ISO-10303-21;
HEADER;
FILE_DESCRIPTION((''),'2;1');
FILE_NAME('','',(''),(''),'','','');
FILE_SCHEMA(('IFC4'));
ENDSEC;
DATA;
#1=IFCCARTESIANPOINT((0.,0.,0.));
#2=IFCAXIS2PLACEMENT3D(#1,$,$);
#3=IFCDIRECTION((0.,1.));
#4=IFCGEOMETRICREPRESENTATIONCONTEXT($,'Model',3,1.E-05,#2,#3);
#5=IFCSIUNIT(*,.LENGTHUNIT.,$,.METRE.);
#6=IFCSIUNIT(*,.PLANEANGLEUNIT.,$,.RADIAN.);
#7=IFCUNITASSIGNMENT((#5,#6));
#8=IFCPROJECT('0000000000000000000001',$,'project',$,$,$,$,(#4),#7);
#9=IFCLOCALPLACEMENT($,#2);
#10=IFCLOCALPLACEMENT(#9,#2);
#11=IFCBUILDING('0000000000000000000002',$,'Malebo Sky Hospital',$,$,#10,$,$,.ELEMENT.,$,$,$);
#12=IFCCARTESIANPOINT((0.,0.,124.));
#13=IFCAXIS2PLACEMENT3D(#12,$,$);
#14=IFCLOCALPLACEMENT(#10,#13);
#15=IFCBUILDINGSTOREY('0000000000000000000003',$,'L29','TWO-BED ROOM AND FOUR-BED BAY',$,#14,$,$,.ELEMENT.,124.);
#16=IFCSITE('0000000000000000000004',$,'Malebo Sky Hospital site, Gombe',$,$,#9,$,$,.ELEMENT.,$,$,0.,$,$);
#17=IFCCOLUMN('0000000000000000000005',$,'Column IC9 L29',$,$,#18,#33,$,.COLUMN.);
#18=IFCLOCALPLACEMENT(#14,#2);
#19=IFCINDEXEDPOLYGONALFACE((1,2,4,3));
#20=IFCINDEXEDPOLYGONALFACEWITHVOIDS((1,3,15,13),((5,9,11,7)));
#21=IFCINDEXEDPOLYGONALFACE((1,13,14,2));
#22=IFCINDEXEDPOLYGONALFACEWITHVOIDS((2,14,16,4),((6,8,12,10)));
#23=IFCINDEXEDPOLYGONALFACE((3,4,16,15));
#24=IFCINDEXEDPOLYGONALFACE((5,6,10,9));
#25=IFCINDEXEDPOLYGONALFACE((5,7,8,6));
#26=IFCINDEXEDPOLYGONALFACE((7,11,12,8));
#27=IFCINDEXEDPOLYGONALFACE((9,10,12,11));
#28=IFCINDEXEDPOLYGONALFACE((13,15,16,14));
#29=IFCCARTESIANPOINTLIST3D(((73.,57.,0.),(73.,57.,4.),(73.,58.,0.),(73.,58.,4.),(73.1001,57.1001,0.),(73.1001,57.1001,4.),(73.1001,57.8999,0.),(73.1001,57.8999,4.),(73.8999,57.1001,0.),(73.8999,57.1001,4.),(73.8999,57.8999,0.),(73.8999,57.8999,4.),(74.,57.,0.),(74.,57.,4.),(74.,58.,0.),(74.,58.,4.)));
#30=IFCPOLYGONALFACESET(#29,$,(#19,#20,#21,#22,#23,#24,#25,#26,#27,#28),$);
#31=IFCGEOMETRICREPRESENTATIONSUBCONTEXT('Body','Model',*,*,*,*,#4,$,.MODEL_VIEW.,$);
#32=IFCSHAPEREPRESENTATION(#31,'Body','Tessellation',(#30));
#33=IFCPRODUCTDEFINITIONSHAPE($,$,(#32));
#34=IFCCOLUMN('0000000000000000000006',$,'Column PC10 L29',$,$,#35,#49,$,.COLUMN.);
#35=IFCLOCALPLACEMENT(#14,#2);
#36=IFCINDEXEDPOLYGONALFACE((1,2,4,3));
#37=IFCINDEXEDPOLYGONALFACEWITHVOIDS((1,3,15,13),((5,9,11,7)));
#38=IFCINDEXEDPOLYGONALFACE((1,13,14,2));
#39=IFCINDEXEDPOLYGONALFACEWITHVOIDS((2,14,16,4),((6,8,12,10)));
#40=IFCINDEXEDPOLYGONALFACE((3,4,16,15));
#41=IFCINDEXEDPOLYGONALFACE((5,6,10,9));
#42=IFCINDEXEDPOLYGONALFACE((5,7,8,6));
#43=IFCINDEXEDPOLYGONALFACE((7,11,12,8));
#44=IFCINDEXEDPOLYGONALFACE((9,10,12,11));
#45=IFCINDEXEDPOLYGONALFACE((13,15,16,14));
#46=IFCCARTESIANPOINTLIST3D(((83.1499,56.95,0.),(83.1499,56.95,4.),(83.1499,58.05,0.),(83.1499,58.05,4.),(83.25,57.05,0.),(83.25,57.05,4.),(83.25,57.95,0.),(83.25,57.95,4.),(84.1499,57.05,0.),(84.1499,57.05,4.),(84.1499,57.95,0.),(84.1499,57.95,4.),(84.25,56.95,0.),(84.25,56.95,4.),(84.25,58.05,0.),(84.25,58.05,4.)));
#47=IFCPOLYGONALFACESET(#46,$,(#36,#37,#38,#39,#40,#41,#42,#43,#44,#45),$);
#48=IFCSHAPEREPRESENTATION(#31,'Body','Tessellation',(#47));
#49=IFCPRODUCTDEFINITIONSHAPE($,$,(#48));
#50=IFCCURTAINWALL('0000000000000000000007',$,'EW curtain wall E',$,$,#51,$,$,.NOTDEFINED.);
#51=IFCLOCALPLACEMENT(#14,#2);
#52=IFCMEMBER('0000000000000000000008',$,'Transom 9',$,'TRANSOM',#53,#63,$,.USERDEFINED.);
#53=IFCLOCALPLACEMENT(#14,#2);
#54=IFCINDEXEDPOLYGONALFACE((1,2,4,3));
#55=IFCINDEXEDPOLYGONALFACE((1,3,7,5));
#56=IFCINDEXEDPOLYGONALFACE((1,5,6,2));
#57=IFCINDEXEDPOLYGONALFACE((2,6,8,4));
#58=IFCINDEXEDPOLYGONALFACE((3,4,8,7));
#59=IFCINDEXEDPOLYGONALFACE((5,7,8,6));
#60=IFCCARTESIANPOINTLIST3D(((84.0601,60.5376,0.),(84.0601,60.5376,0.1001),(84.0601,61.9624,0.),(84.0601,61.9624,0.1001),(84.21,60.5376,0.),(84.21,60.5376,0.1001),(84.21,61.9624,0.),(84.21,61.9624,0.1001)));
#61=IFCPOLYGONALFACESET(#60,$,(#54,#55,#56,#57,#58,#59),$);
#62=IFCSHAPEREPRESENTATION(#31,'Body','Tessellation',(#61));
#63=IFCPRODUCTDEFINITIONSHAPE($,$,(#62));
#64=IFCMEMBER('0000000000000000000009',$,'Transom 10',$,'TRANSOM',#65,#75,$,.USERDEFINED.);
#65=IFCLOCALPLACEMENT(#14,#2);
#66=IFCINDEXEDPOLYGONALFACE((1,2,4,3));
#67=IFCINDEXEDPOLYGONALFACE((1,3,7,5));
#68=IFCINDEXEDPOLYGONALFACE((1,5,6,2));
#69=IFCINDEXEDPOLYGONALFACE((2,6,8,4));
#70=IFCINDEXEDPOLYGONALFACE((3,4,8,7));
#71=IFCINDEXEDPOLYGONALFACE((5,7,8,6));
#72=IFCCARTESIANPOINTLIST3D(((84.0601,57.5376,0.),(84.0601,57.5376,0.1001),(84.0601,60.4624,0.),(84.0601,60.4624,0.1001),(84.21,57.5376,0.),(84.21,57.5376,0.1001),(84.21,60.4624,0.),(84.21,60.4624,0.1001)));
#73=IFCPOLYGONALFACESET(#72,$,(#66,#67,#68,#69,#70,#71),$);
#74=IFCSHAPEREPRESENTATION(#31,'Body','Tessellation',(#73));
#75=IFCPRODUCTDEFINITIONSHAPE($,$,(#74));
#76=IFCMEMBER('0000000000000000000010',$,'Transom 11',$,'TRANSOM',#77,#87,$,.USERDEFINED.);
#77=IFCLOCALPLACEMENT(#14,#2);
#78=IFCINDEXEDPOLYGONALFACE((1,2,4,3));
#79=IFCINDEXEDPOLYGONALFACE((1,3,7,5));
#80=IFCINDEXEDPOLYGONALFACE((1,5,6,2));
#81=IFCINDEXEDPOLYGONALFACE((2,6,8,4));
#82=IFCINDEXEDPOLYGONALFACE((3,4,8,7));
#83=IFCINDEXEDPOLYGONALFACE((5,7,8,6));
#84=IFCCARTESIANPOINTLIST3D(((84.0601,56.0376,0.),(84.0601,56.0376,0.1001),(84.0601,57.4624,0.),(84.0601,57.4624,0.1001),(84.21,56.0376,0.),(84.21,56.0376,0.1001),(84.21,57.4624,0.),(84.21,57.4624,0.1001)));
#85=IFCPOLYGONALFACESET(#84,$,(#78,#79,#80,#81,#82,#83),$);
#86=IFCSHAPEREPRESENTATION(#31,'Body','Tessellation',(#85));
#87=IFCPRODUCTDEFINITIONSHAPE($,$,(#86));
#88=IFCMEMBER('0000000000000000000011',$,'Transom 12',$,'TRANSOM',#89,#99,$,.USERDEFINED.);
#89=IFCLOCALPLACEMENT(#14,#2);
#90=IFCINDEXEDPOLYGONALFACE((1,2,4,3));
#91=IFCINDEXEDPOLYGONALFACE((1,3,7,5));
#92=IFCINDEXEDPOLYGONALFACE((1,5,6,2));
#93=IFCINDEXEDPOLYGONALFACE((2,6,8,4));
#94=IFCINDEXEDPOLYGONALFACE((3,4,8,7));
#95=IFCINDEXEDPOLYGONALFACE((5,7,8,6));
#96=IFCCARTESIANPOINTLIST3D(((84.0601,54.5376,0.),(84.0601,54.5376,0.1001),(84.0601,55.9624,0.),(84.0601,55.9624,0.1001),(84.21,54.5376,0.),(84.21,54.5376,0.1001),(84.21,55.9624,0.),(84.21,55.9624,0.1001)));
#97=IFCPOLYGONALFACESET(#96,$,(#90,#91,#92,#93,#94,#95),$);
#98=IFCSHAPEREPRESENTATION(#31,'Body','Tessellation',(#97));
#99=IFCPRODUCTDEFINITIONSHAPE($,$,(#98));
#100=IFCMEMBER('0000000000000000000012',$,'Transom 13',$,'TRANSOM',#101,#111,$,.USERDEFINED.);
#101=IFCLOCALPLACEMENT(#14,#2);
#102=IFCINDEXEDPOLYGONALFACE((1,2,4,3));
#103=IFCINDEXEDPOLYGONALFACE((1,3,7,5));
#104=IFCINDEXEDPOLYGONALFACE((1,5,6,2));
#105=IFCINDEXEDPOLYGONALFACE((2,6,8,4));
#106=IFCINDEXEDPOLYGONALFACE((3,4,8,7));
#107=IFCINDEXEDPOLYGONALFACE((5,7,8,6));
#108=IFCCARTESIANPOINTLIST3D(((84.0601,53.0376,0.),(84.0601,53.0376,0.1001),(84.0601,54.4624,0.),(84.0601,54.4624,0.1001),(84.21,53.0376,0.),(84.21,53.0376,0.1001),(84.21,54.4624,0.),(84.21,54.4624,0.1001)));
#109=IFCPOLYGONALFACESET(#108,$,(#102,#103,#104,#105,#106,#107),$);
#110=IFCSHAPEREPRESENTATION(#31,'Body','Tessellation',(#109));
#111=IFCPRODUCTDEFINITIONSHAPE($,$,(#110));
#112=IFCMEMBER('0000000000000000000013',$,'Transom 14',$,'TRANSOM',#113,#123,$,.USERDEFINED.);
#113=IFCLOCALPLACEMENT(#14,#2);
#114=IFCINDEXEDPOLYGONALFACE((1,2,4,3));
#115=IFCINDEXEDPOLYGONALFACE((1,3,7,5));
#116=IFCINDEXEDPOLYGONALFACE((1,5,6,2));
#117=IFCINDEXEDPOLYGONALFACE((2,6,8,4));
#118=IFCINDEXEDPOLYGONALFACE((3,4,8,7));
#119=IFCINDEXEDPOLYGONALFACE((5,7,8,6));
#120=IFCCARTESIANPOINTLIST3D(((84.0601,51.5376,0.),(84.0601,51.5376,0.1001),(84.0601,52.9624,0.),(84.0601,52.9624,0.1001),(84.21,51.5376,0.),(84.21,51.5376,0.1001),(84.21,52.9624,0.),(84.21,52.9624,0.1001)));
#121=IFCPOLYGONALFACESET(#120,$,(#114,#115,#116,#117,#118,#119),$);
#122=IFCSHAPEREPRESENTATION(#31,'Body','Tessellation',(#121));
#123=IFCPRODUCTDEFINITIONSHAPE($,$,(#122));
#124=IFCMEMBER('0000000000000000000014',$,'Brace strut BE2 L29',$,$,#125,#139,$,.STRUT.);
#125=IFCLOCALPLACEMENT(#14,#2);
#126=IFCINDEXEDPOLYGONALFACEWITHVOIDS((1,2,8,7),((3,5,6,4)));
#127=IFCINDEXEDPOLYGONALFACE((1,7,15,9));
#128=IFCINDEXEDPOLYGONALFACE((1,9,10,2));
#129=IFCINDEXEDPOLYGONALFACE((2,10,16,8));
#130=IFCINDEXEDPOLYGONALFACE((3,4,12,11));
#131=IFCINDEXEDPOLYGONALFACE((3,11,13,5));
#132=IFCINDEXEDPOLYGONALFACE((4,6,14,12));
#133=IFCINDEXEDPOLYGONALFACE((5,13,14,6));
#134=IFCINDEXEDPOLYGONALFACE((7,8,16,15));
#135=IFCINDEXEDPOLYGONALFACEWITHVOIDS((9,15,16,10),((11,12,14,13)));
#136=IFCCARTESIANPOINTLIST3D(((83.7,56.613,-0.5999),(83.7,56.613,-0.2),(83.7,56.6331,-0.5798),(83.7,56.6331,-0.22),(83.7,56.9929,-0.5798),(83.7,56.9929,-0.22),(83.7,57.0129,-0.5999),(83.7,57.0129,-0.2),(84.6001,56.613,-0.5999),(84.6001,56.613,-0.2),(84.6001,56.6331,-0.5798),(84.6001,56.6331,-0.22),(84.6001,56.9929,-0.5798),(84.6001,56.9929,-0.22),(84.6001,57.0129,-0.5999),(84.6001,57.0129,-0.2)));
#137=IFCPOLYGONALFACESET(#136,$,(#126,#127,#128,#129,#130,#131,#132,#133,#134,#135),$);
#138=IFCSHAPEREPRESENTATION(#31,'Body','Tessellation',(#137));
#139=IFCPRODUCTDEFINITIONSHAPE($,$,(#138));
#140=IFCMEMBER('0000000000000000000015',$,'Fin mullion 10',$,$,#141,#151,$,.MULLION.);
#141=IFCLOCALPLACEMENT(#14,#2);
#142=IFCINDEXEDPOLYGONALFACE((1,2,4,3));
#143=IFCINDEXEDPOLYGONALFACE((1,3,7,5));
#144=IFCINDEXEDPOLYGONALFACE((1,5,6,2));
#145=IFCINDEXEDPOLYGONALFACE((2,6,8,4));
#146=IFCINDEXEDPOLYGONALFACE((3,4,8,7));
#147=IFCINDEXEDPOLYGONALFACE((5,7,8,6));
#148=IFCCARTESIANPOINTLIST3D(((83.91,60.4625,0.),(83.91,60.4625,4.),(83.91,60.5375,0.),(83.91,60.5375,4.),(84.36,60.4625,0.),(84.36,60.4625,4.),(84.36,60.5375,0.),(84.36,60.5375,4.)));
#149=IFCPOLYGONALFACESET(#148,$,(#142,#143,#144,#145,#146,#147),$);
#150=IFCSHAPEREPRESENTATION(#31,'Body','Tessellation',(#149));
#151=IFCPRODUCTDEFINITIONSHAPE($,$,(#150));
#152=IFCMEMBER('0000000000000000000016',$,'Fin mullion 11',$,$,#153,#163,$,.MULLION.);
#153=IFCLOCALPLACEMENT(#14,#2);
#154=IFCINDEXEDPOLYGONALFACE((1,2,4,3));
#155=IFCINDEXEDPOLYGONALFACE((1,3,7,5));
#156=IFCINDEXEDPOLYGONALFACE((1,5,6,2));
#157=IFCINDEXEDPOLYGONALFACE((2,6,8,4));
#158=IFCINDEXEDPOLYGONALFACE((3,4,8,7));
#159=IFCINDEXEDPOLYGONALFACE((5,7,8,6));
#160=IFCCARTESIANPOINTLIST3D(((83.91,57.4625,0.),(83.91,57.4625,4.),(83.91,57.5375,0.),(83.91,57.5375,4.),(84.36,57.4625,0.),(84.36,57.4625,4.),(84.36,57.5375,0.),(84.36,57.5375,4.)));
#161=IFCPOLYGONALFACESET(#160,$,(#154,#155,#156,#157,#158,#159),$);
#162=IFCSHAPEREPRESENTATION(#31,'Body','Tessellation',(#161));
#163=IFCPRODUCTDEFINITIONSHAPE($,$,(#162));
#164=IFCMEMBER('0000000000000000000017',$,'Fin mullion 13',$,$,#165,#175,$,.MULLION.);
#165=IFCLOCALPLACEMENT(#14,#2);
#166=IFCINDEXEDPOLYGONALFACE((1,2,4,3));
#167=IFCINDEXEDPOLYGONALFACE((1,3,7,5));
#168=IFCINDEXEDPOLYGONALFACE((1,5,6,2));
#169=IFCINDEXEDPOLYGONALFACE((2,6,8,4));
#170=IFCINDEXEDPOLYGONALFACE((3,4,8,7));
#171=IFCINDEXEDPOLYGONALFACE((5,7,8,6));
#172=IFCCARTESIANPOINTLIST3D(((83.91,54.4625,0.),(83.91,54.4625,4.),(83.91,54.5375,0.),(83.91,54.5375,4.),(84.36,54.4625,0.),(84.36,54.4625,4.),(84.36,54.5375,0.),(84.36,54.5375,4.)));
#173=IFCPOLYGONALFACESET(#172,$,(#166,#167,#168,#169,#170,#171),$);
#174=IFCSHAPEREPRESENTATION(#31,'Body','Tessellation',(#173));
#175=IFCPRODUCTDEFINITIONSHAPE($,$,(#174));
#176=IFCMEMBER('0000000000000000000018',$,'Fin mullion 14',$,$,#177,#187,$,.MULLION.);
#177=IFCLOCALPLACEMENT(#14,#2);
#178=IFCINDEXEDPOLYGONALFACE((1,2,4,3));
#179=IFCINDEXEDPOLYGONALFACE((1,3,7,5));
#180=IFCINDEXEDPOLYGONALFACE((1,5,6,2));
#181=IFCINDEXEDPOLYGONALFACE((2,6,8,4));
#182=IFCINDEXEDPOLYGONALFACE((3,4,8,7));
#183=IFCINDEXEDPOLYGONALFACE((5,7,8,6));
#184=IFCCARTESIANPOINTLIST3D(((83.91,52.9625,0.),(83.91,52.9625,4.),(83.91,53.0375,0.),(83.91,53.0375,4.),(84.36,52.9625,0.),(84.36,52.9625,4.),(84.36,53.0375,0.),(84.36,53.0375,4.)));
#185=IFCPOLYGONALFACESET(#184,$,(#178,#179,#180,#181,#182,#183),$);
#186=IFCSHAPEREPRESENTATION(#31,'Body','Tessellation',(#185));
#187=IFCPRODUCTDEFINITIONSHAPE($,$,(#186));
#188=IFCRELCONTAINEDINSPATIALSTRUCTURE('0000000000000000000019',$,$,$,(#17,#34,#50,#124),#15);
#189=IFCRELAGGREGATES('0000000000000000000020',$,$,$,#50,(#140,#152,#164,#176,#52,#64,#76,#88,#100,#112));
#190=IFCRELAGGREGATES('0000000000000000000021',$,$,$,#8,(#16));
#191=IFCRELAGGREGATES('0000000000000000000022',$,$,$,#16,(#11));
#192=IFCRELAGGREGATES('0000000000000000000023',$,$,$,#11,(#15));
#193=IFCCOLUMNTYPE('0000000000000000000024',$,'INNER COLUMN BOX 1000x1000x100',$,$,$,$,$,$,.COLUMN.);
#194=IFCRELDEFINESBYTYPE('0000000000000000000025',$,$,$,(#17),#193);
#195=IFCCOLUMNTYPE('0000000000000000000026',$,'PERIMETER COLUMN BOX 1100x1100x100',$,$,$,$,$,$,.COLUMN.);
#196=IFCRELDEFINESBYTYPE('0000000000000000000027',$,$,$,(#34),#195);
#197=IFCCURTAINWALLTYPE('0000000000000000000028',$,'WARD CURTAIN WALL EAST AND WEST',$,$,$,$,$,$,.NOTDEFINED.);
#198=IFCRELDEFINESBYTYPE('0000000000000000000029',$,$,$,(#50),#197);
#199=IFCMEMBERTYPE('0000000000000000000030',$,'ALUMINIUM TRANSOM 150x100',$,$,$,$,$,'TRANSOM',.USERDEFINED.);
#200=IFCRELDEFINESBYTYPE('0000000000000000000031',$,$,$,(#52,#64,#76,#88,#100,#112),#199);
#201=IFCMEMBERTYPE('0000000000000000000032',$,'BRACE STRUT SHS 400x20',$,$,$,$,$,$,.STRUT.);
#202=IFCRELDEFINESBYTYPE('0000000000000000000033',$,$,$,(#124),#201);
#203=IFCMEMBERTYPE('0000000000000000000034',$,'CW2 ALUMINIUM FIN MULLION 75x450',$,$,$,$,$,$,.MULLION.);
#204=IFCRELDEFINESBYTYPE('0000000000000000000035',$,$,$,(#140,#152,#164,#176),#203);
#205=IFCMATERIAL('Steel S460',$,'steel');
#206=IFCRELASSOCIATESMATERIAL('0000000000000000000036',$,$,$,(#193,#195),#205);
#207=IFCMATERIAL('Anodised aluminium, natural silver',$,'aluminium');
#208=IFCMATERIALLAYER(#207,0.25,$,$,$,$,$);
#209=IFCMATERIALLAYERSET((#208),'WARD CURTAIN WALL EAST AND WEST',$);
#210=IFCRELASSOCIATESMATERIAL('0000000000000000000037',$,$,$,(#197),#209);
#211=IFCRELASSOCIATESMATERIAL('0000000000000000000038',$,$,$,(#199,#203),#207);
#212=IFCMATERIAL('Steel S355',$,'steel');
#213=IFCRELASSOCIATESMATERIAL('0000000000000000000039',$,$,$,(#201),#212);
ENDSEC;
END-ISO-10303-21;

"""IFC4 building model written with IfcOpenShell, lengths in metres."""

from ifc_helpers import new_model, si_unit, direction, frame, origin, origin_2d, place, context, subcontext, project, spatial, rectangle, hollow_rectangle, extrude, material, layer, layer_set, material_profile, profile_set, type_object, element, aggregate, save


model = new_model("IFC4")

# Units and contexts
model_context = context("Model", 3, precision=1e-05, world=origin(), true_north=direction((0.0, 1.0)))
body_context = subcontext(model_context, "Body", "Model", "MODEL_VIEW")
ifc_project = project(units=[si_unit("LENGTHUNIT", "METRE"), si_unit("PLANEANGLEUNIT", "RADIAN")], contexts=[model_context])

# Site, building, storey
site_placement = place(None, origin())
site = spatial("IfcSite", under=ifc_project, at=site_placement, Name="Malebo Sky Hospital site, Gombe", CompositionType="ELEMENT", RefElevation=0.0)
building_placement = place(site_placement, origin())
building = spatial("IfcBuilding", under=site, at=building_placement, Name="Malebo Sky Hospital", CompositionType="ELEMENT")
storey_placement = place(building_placement, frame((0.0, 0.0, 124.0)))
storey = spatial("IfcBuildingStorey", under=building, at=storey_placement, Name="L29", Description="TWO-BED ROOM AND FOUR-BED BAY", CompositionType="ELEMENT", Elevation=124.0)

# Columns
ifc_material_1 = material(Name="Steel S460", Category="steel")
ifc_material_profile_1 = material_profile(ifc_material_1, hollow_rectangle(XDim=1.0, YDim=1.0, WallThickness=0.1001, at=origin_2d()), Name="BOX 1000x1000x100")
ifc_profile_set_1 = profile_set([ifc_material_profile_1], Name="Steel S460")
column_type_1 = type_object("IfcColumnType", Name="INNER COLUMN BOX 1000x1000x100", PredefinedType="COLUMN", material=ifc_profile_set_1)
column_1_placement = place(storey_placement, frame((73.5, 57.5, 0.0), z_axis=(0.0, 0.0, 1.0), x_axis=(1.0, 0.0, 0.0)))
element("IfcColumn", 1, at=column_1_placement, inside=storey, type_object=column_type_1, Name="Column IC9 L29", PredefinedType="COLUMN", context=body_context, shape_type="SweptSolid", body=[
    extrude(hollow_rectangle(XDim=1.0, YDim=1.0, WallThickness=0.1001, at=origin_2d()), origin(), (0.0, 0.0, 1.0), 4.0),
])
ifc_material_profile_2 = material_profile(ifc_material_1, hollow_rectangle(XDim=1.1001, YDim=1.1001, WallThickness=0.1001, at=origin_2d()), Name="BOX 1100x1100x100")
ifc_profile_set_2 = profile_set([ifc_material_profile_2], Name="Steel S460")
column_type_2 = type_object("IfcColumnType", Name="PERIMETER COLUMN BOX 1100x1100x100", PredefinedType="COLUMN", material=ifc_profile_set_2)
column_2_placement = place(storey_placement, frame((83.7, 57.5, 0.0), z_axis=(0.0, 0.0, 1.0), x_axis=(1.0, 0.0, 0.0)))
element("IfcColumn", 2, at=column_2_placement, inside=storey, type_object=column_type_2, Name="Column PC10 L29", PredefinedType="COLUMN", context=body_context, shape_type="SweptSolid", body=[
    extrude(hollow_rectangle(XDim=1.1001, YDim=1.1001, WallThickness=0.1001, at=origin_2d()), origin(), (0.0, 0.0, 1.0), 4.0),
])

# Curtain wall, members
ifc_material_2 = material(Name="Anodised aluminium, natural silver", Category="aluminium")
ifc_layer_1 = layer(ifc_material_2, 0.25)
ifc_layer_set_1 = layer_set([ifc_layer_1], Name="WARD CURTAIN WALL EAST AND WEST")
curtain_wall_type = type_object("IfcCurtainWallType", Name="WARD CURTAIN WALL EAST AND WEST", PredefinedType="NOTDEFINED", material=ifc_layer_set_1)
curtain_wall_placement = place(storey_placement, origin())
curtain_wall = element("IfcCurtainWall", 3, at=curtain_wall_placement, inside=storey, type_object=curtain_wall_type, Name="EW curtain wall E", PredefinedType="NOTDEFINED")
ifc_material_profile_3 = material_profile(ifc_material_2, rectangle(XDim=0.1499, YDim=0.1001, at=origin_2d()), Name="ALUMINIUM TRANSOM 150x100")
ifc_profile_set_3 = profile_set([ifc_material_profile_3], Name="Anodised aluminium, natural silver")
member_type_1 = type_object("IfcMemberType", Name="ALUMINIUM TRANSOM 150x100", ElementType="TRANSOM", PredefinedType="USERDEFINED", material=ifc_profile_set_3)
member_1_placement = place(storey_placement, frame((84.135, 61.9624, 0.05), z_axis=(0.0, -1.0, 0.0), x_axis=(1.0, 0.0, 0.0)))
member_1 = element("IfcMember", 4, at=member_1_placement, type_object=member_type_1, Name="Transom 9", ObjectType="TRANSOM", PredefinedType="USERDEFINED", context=body_context, shape_type="SweptSolid", body=[
    extrude(rectangle(XDim=0.1499, YDim=0.1001, at=origin_2d()), origin(), (0.0, 0.0, 1.0), 1.4248),
])
member_2_placement = place(storey_placement, frame((84.135, 60.4624, 0.05), z_axis=(0.0, -1.0, 0.0), x_axis=(1.0, 0.0, 0.0)))
member_2 = element("IfcMember", 5, at=member_2_placement, type_object=member_type_1, Name="Transom 10", ObjectType="TRANSOM", PredefinedType="USERDEFINED", context=body_context, shape_type="SweptSolid", body=[
    extrude(rectangle(XDim=0.1499, YDim=0.1001, at=origin_2d()), origin(), (0.0, 0.0, 1.0), 2.9248),
])
member_3_placement = place(storey_placement, frame((84.135, 57.4624, 0.05), z_axis=(0.0, -1.0, 0.0), x_axis=(1.0, 0.0, 0.0)))
member_3 = element("IfcMember", 6, at=member_3_placement, type_object=member_type_1, Name="Transom 11", ObjectType="TRANSOM", PredefinedType="USERDEFINED", context=body_context, shape_type="SweptSolid", body=[
    extrude(rectangle(XDim=0.1499, YDim=0.1001, at=origin_2d()), origin(), (0.0, 0.0, 1.0), 1.4248),
])
member_4_placement = place(storey_placement, frame((84.135, 55.9624, 0.05), z_axis=(0.0, -1.0, 0.0), x_axis=(1.0, 0.0, 0.0)))
member_4 = element("IfcMember", 7, at=member_4_placement, type_object=member_type_1, Name="Transom 12", ObjectType="TRANSOM", PredefinedType="USERDEFINED", context=body_context, shape_type="SweptSolid", body=[
    extrude(rectangle(XDim=0.1499, YDim=0.1001, at=origin_2d()), origin(), (0.0, 0.0, 1.0), 1.4248),
])
member_5_placement = place(storey_placement, frame((84.135, 54.4624, 0.05), z_axis=(0.0, -1.0, 0.0), x_axis=(1.0, 0.0, 0.0)))
member_5 = element("IfcMember", 8, at=member_5_placement, type_object=member_type_1, Name="Transom 13", ObjectType="TRANSOM", PredefinedType="USERDEFINED", context=body_context, shape_type="SweptSolid", body=[
    extrude(rectangle(XDim=0.1499, YDim=0.1001, at=origin_2d()), origin(), (0.0, 0.0, 1.0), 1.4248),
])
member_6_placement = place(storey_placement, frame((84.135, 52.9624, 0.05), z_axis=(0.0, -1.0, 0.0), x_axis=(1.0, 0.0, 0.0)))
member_6 = element("IfcMember", 9, at=member_6_placement, type_object=member_type_1, Name="Transom 14", ObjectType="TRANSOM", PredefinedType="USERDEFINED", context=body_context, shape_type="SweptSolid", body=[
    extrude(rectangle(XDim=0.1499, YDim=0.1001, at=origin_2d()), origin(), (0.0, 0.0, 1.0), 1.4248),
])

# Members
ifc_material_3 = material(Name="Steel S355", Category="steel")
ifc_material_profile_4 = material_profile(ifc_material_3, hollow_rectangle(XDim=0.3999, YDim=0.3999, WallThickness=0.02, at=origin_2d()), Name="SHS 400x20")
ifc_profile_set_4 = profile_set([ifc_material_profile_4], Name="Steel S355")
member_type_2 = type_object("IfcMemberType", Name="BRACE STRUT SHS 400x20", PredefinedType="STRUT", material=ifc_profile_set_4)
member_7_placement = place(storey_placement, frame((84.6001, 56.813, -0.3999), z_axis=(-1.0, 0.0, 0.0), x_axis=(0.0, -1.0, 0.0)))
element("IfcMember", 10, at=member_7_placement, inside=storey, type_object=member_type_2, Name="Brace strut BE2 L29", PredefinedType="STRUT", context=body_context, shape_type="SweptSolid", body=[
    extrude(hollow_rectangle(XDim=0.3999, YDim=0.3999, WallThickness=0.02, at=origin_2d()), origin(), (0.0, 0.0, 1.0), 0.9001),
])
ifc_material_profile_5 = material_profile(ifc_material_2, rectangle(XDim=0.075, YDim=0.45, at=origin_2d()), Name="CW2 ALUMINIUM FIN MULLION 75x450")
ifc_profile_set_5 = profile_set([ifc_material_profile_5], Name="Anodised aluminium, natural silver")
member_type_3 = type_object("IfcMemberType", Name="CW2 ALUMINIUM FIN MULLION 75x450", PredefinedType="MULLION", material=ifc_profile_set_5)
member_8_placement = place(storey_placement, frame((84.135, 60.5, 0.0), z_axis=(0.0, 0.0, 1.0), x_axis=(0.0, -1.0, 0.0)))
member_8 = element("IfcMember", 11, at=member_8_placement, type_object=member_type_3, Name="Fin mullion 10", PredefinedType="MULLION", context=body_context, shape_type="SweptSolid", body=[
    extrude(rectangle(XDim=0.075, YDim=0.45, at=origin_2d()), origin(), (0.0, 0.0, 1.0), 4.0),
])
member_9_placement = place(storey_placement, frame((84.135, 57.5, 0.0), z_axis=(0.0, 0.0, 1.0), x_axis=(0.0, -1.0, 0.0)))
member_9 = element("IfcMember", 12, at=member_9_placement, type_object=member_type_3, Name="Fin mullion 11", PredefinedType="MULLION", context=body_context, shape_type="SweptSolid", body=[
    extrude(rectangle(XDim=0.075, YDim=0.45, at=origin_2d()), origin(), (0.0, 0.0, 1.0), 4.0),
])
member_10_placement = place(storey_placement, frame((84.135, 54.5, 0.0), z_axis=(0.0, 0.0, 1.0), x_axis=(0.0, -1.0, 0.0)))
member_10 = element("IfcMember", 13, at=member_10_placement, type_object=member_type_3, Name="Fin mullion 13", PredefinedType="MULLION", context=body_context, shape_type="SweptSolid", body=[
    extrude(rectangle(XDim=0.075, YDim=0.45, at=origin_2d()), origin(), (0.0, 0.0, 1.0), 4.0),
])
member_11_placement = place(storey_placement, frame((84.135, 53.0, 0.0), z_axis=(0.0, 0.0, 1.0), x_axis=(0.0, -1.0, 0.0)))
member_11 = element("IfcMember", 14, at=member_11_placement, type_object=member_type_3, Name="Fin mullion 14", PredefinedType="MULLION", context=body_context, shape_type="SweptSolid", body=[
    extrude(rectangle(XDim=0.075, YDim=0.45, at=origin_2d()), origin(), (0.0, 0.0, 1.0), 4.0),
])

aggregate(curtain_wall, [member_8, member_9, member_10, member_11, member_1, member_2, member_3, member_4, member_5, member_6])

save(model, "model.ifc")
